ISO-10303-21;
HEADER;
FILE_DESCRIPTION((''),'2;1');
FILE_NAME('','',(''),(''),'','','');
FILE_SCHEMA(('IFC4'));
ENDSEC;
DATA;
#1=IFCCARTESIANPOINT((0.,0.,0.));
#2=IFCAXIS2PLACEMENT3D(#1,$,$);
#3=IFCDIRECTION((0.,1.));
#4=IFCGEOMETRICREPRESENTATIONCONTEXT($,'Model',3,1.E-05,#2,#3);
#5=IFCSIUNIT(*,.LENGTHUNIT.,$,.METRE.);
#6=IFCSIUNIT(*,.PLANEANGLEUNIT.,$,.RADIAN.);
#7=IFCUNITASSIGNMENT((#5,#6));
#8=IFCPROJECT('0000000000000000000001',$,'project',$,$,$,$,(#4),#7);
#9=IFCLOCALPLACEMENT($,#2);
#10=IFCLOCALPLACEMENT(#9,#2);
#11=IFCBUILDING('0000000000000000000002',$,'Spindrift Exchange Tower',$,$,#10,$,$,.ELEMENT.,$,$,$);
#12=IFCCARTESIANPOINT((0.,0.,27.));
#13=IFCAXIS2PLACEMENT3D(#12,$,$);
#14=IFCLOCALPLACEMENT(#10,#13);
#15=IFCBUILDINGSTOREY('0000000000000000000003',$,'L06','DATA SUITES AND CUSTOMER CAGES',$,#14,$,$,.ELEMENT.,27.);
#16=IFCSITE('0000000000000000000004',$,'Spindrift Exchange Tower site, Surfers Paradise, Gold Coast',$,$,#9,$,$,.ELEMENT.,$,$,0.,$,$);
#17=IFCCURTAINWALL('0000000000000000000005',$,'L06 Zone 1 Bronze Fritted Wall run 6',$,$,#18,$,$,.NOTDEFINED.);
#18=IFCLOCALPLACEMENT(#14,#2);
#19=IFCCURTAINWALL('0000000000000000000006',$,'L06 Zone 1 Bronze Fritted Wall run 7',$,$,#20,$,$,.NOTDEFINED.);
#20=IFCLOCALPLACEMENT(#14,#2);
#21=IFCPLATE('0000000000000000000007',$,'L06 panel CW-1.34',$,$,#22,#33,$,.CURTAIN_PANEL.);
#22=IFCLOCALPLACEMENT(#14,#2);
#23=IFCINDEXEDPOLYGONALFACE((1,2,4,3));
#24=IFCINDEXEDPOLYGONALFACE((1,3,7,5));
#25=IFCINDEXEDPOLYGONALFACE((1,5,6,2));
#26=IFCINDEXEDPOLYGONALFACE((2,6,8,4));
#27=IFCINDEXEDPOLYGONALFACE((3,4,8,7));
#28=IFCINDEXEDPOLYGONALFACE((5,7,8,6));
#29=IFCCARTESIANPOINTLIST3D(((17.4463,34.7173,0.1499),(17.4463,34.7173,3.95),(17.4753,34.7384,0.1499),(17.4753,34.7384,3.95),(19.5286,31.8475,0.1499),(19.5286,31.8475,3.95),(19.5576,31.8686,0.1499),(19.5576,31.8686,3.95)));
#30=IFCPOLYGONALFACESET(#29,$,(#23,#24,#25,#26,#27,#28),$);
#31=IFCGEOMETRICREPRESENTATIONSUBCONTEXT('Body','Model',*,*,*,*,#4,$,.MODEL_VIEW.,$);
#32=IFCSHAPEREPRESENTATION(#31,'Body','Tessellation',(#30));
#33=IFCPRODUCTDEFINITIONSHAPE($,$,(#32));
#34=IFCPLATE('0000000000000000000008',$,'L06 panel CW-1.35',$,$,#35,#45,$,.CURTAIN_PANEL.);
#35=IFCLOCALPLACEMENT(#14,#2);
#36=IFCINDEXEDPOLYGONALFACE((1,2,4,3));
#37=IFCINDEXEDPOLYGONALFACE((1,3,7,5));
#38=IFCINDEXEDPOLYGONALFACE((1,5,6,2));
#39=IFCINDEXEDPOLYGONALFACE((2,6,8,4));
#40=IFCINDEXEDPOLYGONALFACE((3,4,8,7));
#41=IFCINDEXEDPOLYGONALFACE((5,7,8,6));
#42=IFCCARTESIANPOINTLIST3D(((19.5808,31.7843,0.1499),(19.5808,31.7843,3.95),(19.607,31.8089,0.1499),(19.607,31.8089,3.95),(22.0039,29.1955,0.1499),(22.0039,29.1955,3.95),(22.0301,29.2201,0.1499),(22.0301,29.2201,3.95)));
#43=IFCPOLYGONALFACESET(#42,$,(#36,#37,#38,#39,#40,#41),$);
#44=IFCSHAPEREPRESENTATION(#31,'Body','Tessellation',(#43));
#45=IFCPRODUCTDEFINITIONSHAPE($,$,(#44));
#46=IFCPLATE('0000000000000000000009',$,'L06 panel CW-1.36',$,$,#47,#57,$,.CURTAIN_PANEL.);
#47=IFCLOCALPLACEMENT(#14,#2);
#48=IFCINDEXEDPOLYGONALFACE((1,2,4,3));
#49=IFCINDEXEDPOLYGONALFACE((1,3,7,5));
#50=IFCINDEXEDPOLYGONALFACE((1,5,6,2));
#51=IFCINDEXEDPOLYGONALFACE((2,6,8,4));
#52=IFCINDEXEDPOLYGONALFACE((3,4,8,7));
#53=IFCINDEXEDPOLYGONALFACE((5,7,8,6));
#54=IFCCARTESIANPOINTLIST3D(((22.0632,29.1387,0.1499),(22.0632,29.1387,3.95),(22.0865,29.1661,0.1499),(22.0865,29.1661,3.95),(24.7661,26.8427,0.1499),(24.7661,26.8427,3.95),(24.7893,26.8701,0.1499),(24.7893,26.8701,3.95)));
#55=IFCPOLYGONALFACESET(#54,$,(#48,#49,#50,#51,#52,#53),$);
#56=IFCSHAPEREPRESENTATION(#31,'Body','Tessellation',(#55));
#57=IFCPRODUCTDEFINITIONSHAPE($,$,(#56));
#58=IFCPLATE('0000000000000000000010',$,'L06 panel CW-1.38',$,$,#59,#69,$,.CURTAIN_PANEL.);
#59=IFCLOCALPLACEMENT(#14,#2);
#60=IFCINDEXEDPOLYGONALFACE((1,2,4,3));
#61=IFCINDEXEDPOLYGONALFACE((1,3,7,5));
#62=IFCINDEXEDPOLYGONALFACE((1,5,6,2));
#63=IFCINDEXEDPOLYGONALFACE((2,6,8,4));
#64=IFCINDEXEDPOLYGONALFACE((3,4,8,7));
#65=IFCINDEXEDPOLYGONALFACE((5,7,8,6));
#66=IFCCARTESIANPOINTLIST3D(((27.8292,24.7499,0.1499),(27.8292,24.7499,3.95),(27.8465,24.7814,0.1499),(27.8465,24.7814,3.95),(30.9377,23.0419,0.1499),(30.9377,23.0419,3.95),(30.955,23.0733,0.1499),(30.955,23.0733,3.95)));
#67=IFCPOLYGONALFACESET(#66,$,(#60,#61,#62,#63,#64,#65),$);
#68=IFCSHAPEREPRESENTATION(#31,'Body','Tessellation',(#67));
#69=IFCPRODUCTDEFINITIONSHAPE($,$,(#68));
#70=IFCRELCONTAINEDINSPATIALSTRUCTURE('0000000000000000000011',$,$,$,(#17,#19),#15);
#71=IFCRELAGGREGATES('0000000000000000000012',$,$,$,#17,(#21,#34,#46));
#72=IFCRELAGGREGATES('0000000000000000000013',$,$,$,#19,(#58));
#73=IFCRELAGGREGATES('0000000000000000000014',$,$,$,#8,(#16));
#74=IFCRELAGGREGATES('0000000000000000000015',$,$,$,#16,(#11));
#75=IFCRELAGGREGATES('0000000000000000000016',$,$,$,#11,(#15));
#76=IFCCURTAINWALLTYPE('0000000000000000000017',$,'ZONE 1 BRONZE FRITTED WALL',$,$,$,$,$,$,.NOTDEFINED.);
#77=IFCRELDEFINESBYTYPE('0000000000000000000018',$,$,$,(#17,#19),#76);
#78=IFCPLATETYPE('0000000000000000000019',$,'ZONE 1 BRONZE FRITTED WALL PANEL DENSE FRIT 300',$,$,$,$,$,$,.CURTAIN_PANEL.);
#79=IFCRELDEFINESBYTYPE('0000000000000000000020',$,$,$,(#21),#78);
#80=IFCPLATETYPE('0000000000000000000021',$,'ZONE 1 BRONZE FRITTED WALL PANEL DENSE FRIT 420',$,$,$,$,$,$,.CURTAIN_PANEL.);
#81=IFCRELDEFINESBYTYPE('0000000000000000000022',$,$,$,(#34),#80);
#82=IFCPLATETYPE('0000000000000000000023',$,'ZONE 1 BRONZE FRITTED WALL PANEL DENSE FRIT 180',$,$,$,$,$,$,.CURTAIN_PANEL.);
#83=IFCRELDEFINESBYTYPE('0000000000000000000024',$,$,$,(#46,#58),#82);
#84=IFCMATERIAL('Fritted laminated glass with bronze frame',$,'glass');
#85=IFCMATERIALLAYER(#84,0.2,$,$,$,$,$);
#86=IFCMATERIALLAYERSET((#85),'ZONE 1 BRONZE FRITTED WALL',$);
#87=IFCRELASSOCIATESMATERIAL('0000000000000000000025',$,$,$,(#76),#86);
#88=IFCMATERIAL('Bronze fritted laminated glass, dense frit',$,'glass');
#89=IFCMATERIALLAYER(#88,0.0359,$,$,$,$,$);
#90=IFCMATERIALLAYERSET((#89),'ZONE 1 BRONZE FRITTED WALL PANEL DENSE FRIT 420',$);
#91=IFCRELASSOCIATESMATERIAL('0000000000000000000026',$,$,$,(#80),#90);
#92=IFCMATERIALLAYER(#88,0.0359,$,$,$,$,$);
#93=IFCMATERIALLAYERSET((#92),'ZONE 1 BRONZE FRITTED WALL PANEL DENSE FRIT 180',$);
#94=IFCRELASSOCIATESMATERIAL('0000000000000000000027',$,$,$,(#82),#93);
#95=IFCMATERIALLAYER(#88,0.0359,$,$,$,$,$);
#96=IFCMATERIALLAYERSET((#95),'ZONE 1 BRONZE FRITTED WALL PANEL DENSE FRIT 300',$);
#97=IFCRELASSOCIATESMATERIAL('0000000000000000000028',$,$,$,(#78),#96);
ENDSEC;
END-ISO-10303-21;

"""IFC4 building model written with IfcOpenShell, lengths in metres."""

from ifc_helpers import new_model, si_unit, direction, frame, origin, origin_2d, place, context, subcontext, project, spatial, rectangle, extrude, source, transform, mapped, material, layer, layer_set, type_object, element, aggregate, save


model = new_model("IFC4")

# Units and contexts
model_context = context("Model", 3, precision=1e-05, world=origin(), true_north=direction((0.0, 1.0)))
body_context = subcontext(model_context, "Body", "Model", "MODEL_VIEW")
ifc_project = project(units=[si_unit("LENGTHUNIT", "METRE"), si_unit("PLANEANGLEUNIT", "RADIAN")], contexts=[model_context])

# Site, building, storey
site_placement = place(None, origin())
site = spatial("IfcSite", under=ifc_project, at=site_placement, Name="Spindrift Exchange Tower site, Surfers Paradise, Gold Coast", CompositionType="ELEMENT", RefElevation=0.0)
building_placement = place(site_placement, origin())
building = spatial("IfcBuilding", under=site, at=building_placement, Name="Spindrift Exchange Tower", CompositionType="ELEMENT")
storey_placement = place(building_placement, frame((0.0, 0.0, 27.0)))
storey = spatial("IfcBuildingStorey", under=building, at=storey_placement, Name="L06", Description="DATA SUITES AND CUSTOMER CAGES", CompositionType="ELEMENT", Elevation=27.0)

# Curtain walls
ifc_material_1 = material(Name="Fritted laminated glass with bronze frame", Category="glass")
ifc_layer_1 = layer(ifc_material_1, 0.2)
ifc_layer_set_1 = layer_set([ifc_layer_1], Name="ZONE 1 BRONZE FRITTED WALL")
curtain_wall_type = type_object("IfcCurtainWallType", Name="ZONE 1 BRONZE FRITTED WALL", PredefinedType="NOTDEFINED", material=ifc_layer_set_1)
curtain_wall_1_placement = place(storey_placement, origin())
curtain_wall_1 = element("IfcCurtainWall", 1, at=curtain_wall_1_placement, inside=storey, type_object=curtain_wall_type, Name="L06 Zone 1 Bronze Fritted Wall run 6", PredefinedType="NOTDEFINED")
curtain_wall_2_placement = place(storey_placement, origin())
curtain_wall_2 = element("IfcCurtainWall", 2, at=curtain_wall_2_placement, inside=storey, type_object=curtain_wall_type, Name="L06 Zone 1 Bronze Fritted Wall run 7", PredefinedType="NOTDEFINED")

# Plates
ifc_material_2 = material(Name="Bronze fritted laminated glass, dense frit", Category="glass")
ifc_layer_2 = layer(ifc_material_2, 0.0359)
ifc_layer_set_2 = layer_set([ifc_layer_2], Name="ZONE 1 BRONZE FRITTED WALL PANEL DENSE FRIT 420")
plate_type_1 = type_object("IfcPlateType", Name="ZONE 1 BRONZE FRITTED WALL PANEL DENSE FRIT 420", PredefinedType="CURTAIN_PANEL", material=ifc_layer_set_2)
ifc_layer_3 = layer(ifc_material_2, 0.0359)
ifc_layer_set_3 = layer_set([ifc_layer_3], Name="ZONE 1 BRONZE FRITTED WALL PANEL DENSE FRIT 180")
plate_type_2 = type_object("IfcPlateType", Name="ZONE 1 BRONZE FRITTED WALL PANEL DENSE FRIT 180", PredefinedType="CURTAIN_PANEL", material=ifc_layer_set_3)
ifc_layer_4 = layer(ifc_material_2, 0.0359)
ifc_layer_set_4 = layer_set([ifc_layer_4], Name="ZONE 1 BRONZE FRITTED WALL PANEL DENSE FRIT 300")
plate_type_3 = type_object("IfcPlateType", Name="ZONE 1 BRONZE FRITTED WALL PANEL DENSE FRIT 300", PredefinedType="CURTAIN_PANEL", material=ifc_layer_set_4)
shared_shape_1 = source(origin(), body_context, "Body", "SweptSolid", [
    extrude(rectangle(XDim=3.5457, YDim=0.0359, at=origin_2d()), origin(), (0.0, 0.0, 1.0), 3.8),
])
plate_1_placement = place(storey_placement, frame((18.502, 33.293, 0.1499), z_axis=(0.0, 0.0, 1.0), x_axis=(0.587278, -0.809385, 0.0)))
plate_1 = element("IfcPlate", 3, at=plate_1_placement, type_object=plate_type_3, Name="L06 panel CW-1.34", PredefinedType="CURTAIN_PANEL", context=body_context, shape_type="MappedRepresentation", body=[
    mapped(shared_shape_1, transform((0.0, 0.0, 0.0), scale=1.0)),
])
shared_shape_2 = source(origin(), body_context, "Body", "SweptSolid", [
    extrude(rectangle(XDim=3.5459, YDim=0.0359, at=origin_2d()), origin(), (0.0, 0.0, 1.0), 3.8),
])
plate_2_placement = place(storey_placement, frame((20.8054, 30.5022, 0.1499), z_axis=(0.0, 0.0, 1.0), x_axis=(0.683362, -0.73008, 0.0)))
plate_2 = element("IfcPlate", 4, at=plate_2_placement, type_object=plate_type_1, Name="L06 panel CW-1.35", PredefinedType="CURTAIN_PANEL", context=body_context, shape_type="MappedRepresentation", body=[
    mapped(shared_shape_2, transform((0.0, 0.0, 0.0), scale=1.0)),
])
shared_shape_3 = source(origin(), body_context, "Body", "SweptSolid", [
    extrude(rectangle(XDim=3.5464, YDim=0.0359, at=origin_2d()), origin(), (0.0, 0.0, 1.0), 3.8),
])
plate_3_placement = place(storey_placement, frame((23.4263, 28.0044, 0.1499), z_axis=(0.0, 0.0, 1.0), x_axis=(0.762134, -0.647419, 0.0)))
plate_3 = element("IfcPlate", 5, at=plate_3_placement, type_object=plate_type_2, Name="L06 panel CW-1.36", PredefinedType="CURTAIN_PANEL", context=body_context, shape_type="MappedRepresentation", body=[
    mapped(shared_shape_3, transform((0.0, 0.0, 0.0), scale=1.0)),
])
aggregate(curtain_wall_1, [plate_1, plate_2, plate_3])
shared_shape_4 = source(origin(), body_context, "Body", "SweptSolid", [
    extrude(rectangle(XDim=3.5469, YDim=0.0359, at=origin_2d()), origin(), (0.0, 0.0, 1.0), 3.8),
])
plate_4_placement = place(storey_placement, frame((29.3921, 23.9116, 0.1499), z_axis=(0.0, 0.0, 1.0), x_axis=(0.876406, -0.481573, 0.0)))
plate_4 = element("IfcPlate", 6, at=plate_4_placement, type_object=plate_type_2, Name="L06 panel CW-1.38", PredefinedType="CURTAIN_PANEL", context=body_context, shape_type="MappedRepresentation", body=[
    mapped(shared_shape_4, transform((0.0, 0.0, 0.0), scale=1.0)),
])
aggregate(curtain_wall_2, [plate_4])

save(model, "model.ifc")
